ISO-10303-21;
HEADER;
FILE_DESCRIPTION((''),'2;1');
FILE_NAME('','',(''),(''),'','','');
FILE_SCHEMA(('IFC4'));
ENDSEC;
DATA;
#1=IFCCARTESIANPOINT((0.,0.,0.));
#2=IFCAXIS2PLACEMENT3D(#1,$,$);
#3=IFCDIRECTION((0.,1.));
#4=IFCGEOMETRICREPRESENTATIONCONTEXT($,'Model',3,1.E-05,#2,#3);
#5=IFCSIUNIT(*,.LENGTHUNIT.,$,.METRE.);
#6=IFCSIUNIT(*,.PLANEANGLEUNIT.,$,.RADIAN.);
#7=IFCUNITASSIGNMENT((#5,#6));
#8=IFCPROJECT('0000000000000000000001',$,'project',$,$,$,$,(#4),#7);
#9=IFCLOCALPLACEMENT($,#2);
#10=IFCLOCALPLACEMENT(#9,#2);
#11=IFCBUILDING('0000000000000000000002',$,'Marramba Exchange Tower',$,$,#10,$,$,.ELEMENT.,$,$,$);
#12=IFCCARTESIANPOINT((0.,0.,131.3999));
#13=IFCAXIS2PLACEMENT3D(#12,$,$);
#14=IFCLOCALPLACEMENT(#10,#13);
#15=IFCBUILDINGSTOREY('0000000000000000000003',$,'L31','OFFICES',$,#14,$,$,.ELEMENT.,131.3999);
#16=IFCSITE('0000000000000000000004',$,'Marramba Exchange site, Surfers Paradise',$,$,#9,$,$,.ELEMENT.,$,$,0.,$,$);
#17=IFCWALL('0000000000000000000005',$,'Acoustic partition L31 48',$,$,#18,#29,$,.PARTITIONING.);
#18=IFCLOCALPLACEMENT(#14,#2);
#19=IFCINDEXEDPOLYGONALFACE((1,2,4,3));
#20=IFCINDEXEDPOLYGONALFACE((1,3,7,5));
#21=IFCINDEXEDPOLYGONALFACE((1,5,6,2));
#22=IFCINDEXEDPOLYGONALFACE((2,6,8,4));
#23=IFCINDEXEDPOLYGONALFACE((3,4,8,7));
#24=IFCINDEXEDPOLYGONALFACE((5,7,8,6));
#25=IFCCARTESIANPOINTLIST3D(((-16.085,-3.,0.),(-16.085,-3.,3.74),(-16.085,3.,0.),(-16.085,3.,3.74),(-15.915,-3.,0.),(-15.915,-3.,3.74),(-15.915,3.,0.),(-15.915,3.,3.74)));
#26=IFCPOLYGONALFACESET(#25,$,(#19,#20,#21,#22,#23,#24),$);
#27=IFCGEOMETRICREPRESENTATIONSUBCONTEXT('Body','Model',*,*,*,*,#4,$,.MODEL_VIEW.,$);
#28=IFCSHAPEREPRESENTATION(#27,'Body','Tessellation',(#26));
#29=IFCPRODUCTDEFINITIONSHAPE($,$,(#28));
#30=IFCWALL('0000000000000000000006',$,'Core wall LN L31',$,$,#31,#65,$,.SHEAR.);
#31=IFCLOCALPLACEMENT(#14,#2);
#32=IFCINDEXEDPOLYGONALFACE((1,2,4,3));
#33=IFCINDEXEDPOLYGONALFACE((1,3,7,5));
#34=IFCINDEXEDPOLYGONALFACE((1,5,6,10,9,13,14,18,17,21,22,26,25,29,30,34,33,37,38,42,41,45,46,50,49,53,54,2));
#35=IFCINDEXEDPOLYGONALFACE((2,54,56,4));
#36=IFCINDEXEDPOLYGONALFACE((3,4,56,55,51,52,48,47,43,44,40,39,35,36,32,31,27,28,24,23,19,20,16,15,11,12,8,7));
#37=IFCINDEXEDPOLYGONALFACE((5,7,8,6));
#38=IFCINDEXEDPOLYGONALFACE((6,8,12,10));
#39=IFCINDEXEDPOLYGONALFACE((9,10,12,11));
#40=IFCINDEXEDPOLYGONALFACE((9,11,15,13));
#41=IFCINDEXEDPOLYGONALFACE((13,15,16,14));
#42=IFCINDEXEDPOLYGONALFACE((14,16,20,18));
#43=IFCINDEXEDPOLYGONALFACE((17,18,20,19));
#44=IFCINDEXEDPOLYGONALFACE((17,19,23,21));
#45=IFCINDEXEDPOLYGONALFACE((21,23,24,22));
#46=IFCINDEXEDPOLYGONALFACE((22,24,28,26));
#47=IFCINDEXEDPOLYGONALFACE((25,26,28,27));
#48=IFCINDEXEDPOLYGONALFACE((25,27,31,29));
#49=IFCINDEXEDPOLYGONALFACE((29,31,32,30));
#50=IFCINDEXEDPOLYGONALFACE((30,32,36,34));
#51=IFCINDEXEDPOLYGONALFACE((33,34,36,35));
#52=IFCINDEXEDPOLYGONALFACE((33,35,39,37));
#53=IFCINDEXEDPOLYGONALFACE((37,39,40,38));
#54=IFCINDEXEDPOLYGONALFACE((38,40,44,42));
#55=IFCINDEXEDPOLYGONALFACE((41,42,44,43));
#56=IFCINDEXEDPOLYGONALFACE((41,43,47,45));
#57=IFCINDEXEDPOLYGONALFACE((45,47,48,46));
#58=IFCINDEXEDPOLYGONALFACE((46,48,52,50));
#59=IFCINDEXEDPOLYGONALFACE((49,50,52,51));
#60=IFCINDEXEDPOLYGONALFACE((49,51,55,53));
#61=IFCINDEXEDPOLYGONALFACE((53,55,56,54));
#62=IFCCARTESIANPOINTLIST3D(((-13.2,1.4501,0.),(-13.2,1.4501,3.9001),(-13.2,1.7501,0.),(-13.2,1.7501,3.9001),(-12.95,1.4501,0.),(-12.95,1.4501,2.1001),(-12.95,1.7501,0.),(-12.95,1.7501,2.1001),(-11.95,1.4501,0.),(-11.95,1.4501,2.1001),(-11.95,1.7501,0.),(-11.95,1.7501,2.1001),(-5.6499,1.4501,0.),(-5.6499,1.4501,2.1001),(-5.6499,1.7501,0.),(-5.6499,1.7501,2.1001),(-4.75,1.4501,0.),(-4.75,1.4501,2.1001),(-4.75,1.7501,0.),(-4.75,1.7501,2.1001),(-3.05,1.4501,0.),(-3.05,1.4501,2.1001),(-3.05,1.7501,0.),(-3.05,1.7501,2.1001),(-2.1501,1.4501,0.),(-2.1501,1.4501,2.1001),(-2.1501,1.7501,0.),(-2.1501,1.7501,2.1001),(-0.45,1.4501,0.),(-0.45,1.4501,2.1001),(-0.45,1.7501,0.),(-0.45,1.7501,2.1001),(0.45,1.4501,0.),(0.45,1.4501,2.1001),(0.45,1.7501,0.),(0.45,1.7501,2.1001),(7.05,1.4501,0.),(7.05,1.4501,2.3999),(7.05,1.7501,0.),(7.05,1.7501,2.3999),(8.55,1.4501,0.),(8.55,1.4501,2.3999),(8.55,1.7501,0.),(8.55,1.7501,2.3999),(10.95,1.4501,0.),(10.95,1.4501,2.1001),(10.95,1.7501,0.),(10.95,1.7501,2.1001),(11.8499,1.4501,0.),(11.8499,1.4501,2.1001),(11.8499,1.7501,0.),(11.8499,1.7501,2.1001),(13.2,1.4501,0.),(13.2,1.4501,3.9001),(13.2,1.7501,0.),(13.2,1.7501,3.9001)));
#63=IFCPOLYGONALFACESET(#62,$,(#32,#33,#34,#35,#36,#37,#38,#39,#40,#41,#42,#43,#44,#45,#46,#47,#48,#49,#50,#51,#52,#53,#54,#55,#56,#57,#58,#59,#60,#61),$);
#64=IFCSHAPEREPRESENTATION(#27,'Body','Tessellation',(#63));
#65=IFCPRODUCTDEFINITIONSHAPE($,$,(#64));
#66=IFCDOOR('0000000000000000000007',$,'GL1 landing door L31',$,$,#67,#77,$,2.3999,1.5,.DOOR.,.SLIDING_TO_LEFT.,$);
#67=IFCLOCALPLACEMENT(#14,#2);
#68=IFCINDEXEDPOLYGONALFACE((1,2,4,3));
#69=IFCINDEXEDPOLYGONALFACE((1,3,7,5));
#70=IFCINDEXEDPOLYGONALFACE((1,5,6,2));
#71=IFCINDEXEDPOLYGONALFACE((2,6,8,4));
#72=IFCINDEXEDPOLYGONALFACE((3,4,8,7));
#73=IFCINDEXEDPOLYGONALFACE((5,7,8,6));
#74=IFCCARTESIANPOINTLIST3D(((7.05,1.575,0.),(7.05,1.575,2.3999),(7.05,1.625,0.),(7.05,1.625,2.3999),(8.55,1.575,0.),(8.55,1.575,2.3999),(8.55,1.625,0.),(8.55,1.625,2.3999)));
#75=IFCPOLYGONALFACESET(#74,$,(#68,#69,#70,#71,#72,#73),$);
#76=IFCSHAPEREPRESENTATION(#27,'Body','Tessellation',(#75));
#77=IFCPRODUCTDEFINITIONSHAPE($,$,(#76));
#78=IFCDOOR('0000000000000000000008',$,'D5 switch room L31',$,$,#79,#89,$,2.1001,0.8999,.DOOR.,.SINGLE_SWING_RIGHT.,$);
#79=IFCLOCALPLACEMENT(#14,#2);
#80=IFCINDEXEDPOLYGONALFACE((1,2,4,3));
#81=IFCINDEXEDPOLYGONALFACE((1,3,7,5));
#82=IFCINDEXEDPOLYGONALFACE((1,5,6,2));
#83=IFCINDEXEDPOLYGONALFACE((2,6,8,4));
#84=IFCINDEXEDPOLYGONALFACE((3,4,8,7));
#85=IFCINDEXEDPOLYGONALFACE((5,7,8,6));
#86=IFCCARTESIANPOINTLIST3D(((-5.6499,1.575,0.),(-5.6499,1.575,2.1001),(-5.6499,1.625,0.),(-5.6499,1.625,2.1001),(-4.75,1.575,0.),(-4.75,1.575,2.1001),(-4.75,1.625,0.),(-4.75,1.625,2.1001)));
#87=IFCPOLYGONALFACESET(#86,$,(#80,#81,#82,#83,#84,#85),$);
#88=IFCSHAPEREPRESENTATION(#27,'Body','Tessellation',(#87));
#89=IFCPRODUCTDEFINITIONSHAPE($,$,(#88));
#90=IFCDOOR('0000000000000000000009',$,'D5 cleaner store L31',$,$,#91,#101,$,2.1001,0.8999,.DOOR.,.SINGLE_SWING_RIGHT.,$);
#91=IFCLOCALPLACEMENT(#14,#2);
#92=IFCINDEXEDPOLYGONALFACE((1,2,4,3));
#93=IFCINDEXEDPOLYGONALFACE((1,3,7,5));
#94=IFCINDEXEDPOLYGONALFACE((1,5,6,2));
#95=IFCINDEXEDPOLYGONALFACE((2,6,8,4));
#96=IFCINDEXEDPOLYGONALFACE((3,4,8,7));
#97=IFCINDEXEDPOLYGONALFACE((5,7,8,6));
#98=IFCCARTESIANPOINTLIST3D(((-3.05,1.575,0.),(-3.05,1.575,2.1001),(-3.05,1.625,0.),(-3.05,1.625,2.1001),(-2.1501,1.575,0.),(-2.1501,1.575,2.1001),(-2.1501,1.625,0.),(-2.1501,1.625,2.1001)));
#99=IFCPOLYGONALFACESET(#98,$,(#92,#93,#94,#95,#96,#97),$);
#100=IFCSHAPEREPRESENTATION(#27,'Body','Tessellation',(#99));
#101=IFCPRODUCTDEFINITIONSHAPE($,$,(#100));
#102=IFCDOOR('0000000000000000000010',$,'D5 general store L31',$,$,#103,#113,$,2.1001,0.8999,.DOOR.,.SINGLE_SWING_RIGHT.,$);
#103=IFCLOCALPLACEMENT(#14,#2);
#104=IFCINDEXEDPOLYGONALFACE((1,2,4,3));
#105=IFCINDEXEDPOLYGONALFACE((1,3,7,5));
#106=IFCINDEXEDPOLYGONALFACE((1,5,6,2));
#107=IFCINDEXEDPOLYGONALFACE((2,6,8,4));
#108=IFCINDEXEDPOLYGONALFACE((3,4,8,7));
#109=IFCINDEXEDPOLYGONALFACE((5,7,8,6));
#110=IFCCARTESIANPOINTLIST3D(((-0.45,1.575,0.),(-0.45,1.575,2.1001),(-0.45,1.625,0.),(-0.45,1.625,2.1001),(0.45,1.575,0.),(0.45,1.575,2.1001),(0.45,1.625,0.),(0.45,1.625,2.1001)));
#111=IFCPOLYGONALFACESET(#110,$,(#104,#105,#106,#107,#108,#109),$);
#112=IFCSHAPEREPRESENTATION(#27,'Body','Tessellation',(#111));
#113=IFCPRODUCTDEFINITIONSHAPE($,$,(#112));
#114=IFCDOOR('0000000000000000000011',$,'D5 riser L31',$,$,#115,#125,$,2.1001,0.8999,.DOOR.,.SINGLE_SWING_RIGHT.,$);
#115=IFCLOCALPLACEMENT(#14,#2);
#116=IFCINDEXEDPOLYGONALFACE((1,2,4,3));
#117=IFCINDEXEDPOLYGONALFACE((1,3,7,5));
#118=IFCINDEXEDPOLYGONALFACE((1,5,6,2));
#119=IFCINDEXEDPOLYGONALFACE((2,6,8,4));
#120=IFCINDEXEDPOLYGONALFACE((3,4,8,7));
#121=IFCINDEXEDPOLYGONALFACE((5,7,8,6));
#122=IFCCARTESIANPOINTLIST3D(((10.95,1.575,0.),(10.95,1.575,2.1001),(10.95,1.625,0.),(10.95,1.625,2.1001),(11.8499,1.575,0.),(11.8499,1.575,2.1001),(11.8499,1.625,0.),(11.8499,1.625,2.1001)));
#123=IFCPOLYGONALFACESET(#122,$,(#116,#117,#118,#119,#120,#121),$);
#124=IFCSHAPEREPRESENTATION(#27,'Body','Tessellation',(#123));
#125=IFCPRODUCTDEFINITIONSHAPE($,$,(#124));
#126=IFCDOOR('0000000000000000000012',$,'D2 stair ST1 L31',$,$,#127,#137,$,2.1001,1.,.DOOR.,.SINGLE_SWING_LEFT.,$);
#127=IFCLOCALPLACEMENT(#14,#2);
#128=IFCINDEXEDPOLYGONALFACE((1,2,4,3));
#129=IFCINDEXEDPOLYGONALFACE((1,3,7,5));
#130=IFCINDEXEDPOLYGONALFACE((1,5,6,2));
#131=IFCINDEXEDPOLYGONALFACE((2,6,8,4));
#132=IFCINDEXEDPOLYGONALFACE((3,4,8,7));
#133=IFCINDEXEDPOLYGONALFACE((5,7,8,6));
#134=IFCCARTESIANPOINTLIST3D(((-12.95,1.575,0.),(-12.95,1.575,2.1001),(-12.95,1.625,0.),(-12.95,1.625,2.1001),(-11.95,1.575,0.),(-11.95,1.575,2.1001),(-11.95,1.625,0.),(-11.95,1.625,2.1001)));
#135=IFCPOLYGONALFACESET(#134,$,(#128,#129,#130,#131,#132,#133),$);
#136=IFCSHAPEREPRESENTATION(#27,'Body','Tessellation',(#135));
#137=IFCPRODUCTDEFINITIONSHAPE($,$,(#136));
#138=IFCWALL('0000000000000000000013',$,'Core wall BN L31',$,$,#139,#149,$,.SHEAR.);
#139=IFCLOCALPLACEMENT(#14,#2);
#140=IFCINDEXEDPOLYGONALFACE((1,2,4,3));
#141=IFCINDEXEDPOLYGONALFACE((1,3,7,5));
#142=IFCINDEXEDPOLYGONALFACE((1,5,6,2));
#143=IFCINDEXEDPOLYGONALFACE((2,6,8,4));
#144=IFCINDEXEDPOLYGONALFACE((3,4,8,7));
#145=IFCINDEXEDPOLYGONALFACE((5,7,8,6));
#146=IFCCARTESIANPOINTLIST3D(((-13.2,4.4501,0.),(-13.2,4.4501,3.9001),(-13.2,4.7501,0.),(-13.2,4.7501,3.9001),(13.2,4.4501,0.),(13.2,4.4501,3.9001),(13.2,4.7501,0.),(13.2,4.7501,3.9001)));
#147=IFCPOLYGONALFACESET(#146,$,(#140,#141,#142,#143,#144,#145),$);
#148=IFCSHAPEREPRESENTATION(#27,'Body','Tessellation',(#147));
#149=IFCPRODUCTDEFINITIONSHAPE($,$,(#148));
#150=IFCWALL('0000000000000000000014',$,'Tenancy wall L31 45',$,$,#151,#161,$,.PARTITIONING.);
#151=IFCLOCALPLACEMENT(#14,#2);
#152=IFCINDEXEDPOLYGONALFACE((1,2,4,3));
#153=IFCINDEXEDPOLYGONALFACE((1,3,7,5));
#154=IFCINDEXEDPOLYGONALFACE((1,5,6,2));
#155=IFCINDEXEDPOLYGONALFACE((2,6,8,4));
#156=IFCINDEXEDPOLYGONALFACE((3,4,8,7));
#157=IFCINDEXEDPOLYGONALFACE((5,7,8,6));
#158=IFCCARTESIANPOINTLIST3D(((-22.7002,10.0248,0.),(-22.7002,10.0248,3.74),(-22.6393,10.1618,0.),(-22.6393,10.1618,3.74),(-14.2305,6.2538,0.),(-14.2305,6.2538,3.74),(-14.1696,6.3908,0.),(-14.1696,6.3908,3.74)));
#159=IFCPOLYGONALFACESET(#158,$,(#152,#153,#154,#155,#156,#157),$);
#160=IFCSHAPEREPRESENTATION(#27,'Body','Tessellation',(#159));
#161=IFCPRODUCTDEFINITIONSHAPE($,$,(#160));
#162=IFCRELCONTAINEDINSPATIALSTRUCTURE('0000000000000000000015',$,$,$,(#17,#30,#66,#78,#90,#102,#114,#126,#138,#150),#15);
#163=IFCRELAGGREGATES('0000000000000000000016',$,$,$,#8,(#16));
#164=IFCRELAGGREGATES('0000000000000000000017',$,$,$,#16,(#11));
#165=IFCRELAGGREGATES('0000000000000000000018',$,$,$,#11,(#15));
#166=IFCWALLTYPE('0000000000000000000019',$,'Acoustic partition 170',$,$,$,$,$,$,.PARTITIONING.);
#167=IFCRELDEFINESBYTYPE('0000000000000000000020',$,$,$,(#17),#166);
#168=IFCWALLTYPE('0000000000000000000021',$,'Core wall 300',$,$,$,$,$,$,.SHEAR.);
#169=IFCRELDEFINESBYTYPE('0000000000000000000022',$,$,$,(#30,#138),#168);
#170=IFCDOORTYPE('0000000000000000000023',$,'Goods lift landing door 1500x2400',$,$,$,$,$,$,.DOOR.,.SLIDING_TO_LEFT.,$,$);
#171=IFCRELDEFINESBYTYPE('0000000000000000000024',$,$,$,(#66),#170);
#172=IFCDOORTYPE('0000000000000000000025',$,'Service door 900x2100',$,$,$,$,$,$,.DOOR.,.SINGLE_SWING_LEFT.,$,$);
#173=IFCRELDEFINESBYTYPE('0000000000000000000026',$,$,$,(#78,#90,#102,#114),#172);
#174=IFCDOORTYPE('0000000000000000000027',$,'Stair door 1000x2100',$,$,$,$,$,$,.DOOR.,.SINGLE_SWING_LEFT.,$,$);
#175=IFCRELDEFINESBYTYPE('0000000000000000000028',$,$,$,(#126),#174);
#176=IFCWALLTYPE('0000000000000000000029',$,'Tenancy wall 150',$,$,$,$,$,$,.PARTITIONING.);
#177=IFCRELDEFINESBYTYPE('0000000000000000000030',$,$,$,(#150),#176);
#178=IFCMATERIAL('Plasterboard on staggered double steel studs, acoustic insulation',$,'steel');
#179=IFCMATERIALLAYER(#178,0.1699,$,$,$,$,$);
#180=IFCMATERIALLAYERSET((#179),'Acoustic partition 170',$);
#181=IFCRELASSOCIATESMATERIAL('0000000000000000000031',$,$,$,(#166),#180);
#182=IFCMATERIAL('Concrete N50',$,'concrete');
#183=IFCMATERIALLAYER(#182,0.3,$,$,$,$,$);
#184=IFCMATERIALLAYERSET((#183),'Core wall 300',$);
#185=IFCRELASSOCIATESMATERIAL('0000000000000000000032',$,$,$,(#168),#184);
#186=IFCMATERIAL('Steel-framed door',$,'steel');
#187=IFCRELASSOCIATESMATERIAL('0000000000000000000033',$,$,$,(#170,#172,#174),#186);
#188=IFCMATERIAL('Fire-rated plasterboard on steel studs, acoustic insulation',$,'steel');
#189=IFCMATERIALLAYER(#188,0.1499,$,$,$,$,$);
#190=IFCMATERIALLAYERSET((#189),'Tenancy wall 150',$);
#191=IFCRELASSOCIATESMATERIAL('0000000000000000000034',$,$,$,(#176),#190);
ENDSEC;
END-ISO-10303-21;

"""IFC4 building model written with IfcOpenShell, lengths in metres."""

from ifc_helpers import new_model, si_unit, direction, frame, frame_2d, origin, place, context, subcontext, project, spatial, rectangle, extrude, material, layer, layer_set, type_object, element, fill, save


model = new_model("IFC4")

# Units and contexts
model_context = context("Model", 3, precision=1e-05, world=origin(), true_north=direction((0.0, 1.0)))
body_context = subcontext(model_context, "Body", "Model", "MODEL_VIEW")
ifc_project = project(units=[si_unit("LENGTHUNIT", "METRE"), si_unit("PLANEANGLEUNIT", "RADIAN")], contexts=[model_context])

# Site, building, storey
site_placement = place(None, origin())
site = spatial("IfcSite", under=ifc_project, at=site_placement, Name="Marramba Exchange site, Surfers Paradise", CompositionType="ELEMENT", RefElevation=0.0)
building_placement = place(site_placement, origin())
building = spatial("IfcBuilding", under=site, at=building_placement, Name="Marramba Exchange Tower", CompositionType="ELEMENT")
storey_placement = place(building_placement, frame((0.0, 0.0, 131.3999)))
storey = spatial("IfcBuildingStorey", under=building, at=storey_placement, Name="L31", Description="OFFICES", CompositionType="ELEMENT", Elevation=131.3999)

# Shared definitions
ifc_material_1 = material(Name="Concrete N50", Category="concrete")

# Wall
ifc_material_2 = material(Name="Plasterboard on staggered double steel studs, acoustic insulation", Category="steel")
ifc_layer_1 = layer(ifc_material_2, 0.1699)
ifc_layer_set_1 = layer_set([ifc_layer_1], Name="Acoustic partition 170")
wall_type_1 = type_object("IfcWallType", Name="Acoustic partition 170", PredefinedType="PARTITIONING", material=ifc_layer_set_1)
wall_1_placement = place(storey_placement, frame((-16.0, 3.0, 0.0), z_axis=(0.0, 0.0, 1.0), x_axis=(0.0, -1.0, 0.0)))
element("IfcWall", 1, at=wall_1_placement, inside=storey, type_object=wall_type_1, Name="Acoustic partition L31 48", PredefinedType="PARTITIONING", context=body_context, shape_type="SweptSolid", body=[
    extrude(rectangle(XDim=6.0, YDim=0.1699, at=frame_2d((3.0, 0.0))), origin(), (0.0, 0.0, 1.0), 3.74),
])

# Shared definitions
ifc_material_3 = material(Name="Steel-framed door", Category="steel")

# Wall, openings, doors
ifc_layer_2 = layer(ifc_material_1, 0.3)
ifc_layer_set_2 = layer_set([ifc_layer_2], Name="Core wall 300")
wall_type_2 = type_object("IfcWallType", Name="Core wall 300", PredefinedType="SHEAR", material=ifc_layer_set_2)
wall_2_placement = place(storey_placement, frame((-13.2, 1.6001, 0.0), z_axis=(0.0, 0.0, 1.0), x_axis=(1.0, 0.0, 0.0)))
wall_2 = element("IfcWall", 2, at=wall_2_placement, inside=storey, type_object=wall_type_2, Name="Core wall LN L31", PredefinedType="SHEAR", context=body_context, shape_type="SweptSolid", body=[
    extrude(rectangle(XDim=26.3999, YDim=0.3, at=frame_2d((13.2, 0.0))), origin(), (0.0, 0.0, 1.0), 3.9001),
])
opening_1_placement = place(wall_2_placement, frame((0.25, 0.0, 0.0)))
opening_1 = element("IfcOpeningElement", 3, at=opening_1_placement, cuts=wall_2, PredefinedType="OPENING", context=body_context, shape_type="SweptSolid", body=[
    extrude(rectangle(XDim=1.0, YDim=2.1001, at=frame_2d((0.5, 1.05))), frame((0.0, 0.1599, 0.0), z_axis=(0.0, -1.0, 0.0), x_axis=(1.0, 0.0, 0.0)), (0.0, 0.0, 1.0), 0.3201),
])
opening_2_placement = place(wall_2_placement, frame((20.25, 0.0, 0.0)))
opening_2 = element("IfcOpeningElement", 4, at=opening_2_placement, cuts=wall_2, PredefinedType="OPENING", context=body_context, shape_type="SweptSolid", body=[
    extrude(rectangle(XDim=1.5, YDim=2.3999, at=frame_2d((0.75, 1.2))), frame((0.0, 0.1599, 0.0), z_axis=(0.0, -1.0, 0.0), x_axis=(1.0, 0.0, 0.0)), (0.0, 0.0, 1.0), 0.3201),
])
opening_3_placement = place(wall_2_placement, frame((7.55, 0.0, 0.0)))
opening_3 = element("IfcOpeningElement", 5, at=opening_3_placement, cuts=wall_2, PredefinedType="OPENING", context=body_context, shape_type="SweptSolid", body=[
    extrude(rectangle(XDim=0.8999, YDim=2.1001, at=frame_2d((0.45, 1.05))), frame((0.0, 0.1599, 0.0), z_axis=(0.0, -1.0, 0.0), x_axis=(1.0, 0.0, 0.0)), (0.0, 0.0, 1.0), 0.3201),
])
opening_4_placement = place(wall_2_placement, frame((10.1499, 0.0, 0.0)))
opening_4 = element("IfcOpeningElement", 6, at=opening_4_placement, cuts=wall_2, PredefinedType="OPENING", context=body_context, shape_type="SweptSolid", body=[
    extrude(rectangle(XDim=0.8999, YDim=2.1001, at=frame_2d((0.45, 1.05))), frame((0.0, 0.1599, 0.0), z_axis=(0.0, -1.0, 0.0), x_axis=(1.0, 0.0, 0.0)), (0.0, 0.0, 1.0), 0.3201),
])
opening_5_placement = place(wall_2_placement, frame((12.75, 0.0, 0.0)))
opening_5 = element("IfcOpeningElement", 7, at=opening_5_placement, cuts=wall_2, PredefinedType="OPENING", context=body_context, shape_type="SweptSolid", body=[
    extrude(rectangle(XDim=0.8999, YDim=2.1001, at=frame_2d((0.45, 1.05))), frame((0.0, 0.1599, 0.0), z_axis=(0.0, -1.0, 0.0), x_axis=(1.0, 0.0, 0.0)), (0.0, 0.0, 1.0), 0.3201),
])
opening_6_placement = place(wall_2_placement, frame((24.1499, 0.0, 0.0)))
opening_6 = element("IfcOpeningElement", 8, at=opening_6_placement, cuts=wall_2, PredefinedType="OPENING", context=body_context, shape_type="SweptSolid", body=[
    extrude(rectangle(XDim=0.8999, YDim=2.1001, at=frame_2d((0.45, 1.05))), frame((0.0, 0.1599, 0.0), z_axis=(0.0, -1.0, 0.0), x_axis=(1.0, 0.0, 0.0)), (0.0, 0.0, 1.0), 0.3201),
])
door_type_1 = type_object("IfcDoorType", Name="Goods lift landing door 1500x2400", OperationType="SLIDING_TO_LEFT", PredefinedType="DOOR", material=ifc_material_3)
door_1_placement = place(opening_2_placement, origin())
door_1 = element("IfcDoor", 9, at=door_1_placement, inside=storey, type_object=door_type_1, Name="GL1 landing door L31", OperationType="SLIDING_TO_LEFT", OverallHeight=2.3999, OverallWidth=1.5, PredefinedType="DOOR", context=body_context, shape_type="SweptSolid", body=[
    extrude(rectangle(XDim=1.5, YDim=2.3999, at=frame_2d((0.75, 1.2))), frame((0.0, 0.0249, 0.0), z_axis=(0.0, -1.0, 0.0), x_axis=(1.0, 0.0, 0.0)), (0.0, 0.0, 1.0), 0.05),
])
fill(opening_2, door_1)
door_type_2 = type_object("IfcDoorType", Name="Service door 900x2100", OperationType="SINGLE_SWING_LEFT", PredefinedType="DOOR", material=ifc_material_3)
door_2_placement = place(opening_3_placement, origin())
door_2 = element("IfcDoor", 10, at=door_2_placement, inside=storey, type_object=door_type_2, Name="D5 switch room L31", OperationType="SINGLE_SWING_RIGHT", OverallHeight=2.1001, OverallWidth=0.8999, PredefinedType="DOOR", context=body_context, shape_type="SweptSolid", body=[
    extrude(rectangle(XDim=0.8999, YDim=2.1001, at=frame_2d((0.45, 1.05))), frame((0.0, 0.0249, 0.0), z_axis=(0.0, -1.0, 0.0), x_axis=(1.0, 0.0, 0.0)), (0.0, 0.0, 1.0), 0.05),
])
fill(opening_3, door_2)
door_3_placement = place(opening_4_placement, origin())
door_3 = element("IfcDoor", 11, at=door_3_placement, inside=storey, type_object=door_type_2, Name="D5 cleaner store L31", OperationType="SINGLE_SWING_RIGHT", OverallHeight=2.1001, OverallWidth=0.8999, PredefinedType="DOOR", context=body_context, shape_type="SweptSolid", body=[
    extrude(rectangle(XDim=0.8999, YDim=2.1001, at=frame_2d((0.45, 1.05))), frame((0.0, 0.0249, 0.0), z_axis=(0.0, -1.0, 0.0), x_axis=(1.0, 0.0, 0.0)), (0.0, 0.0, 1.0), 0.05),
])
fill(opening_4, door_3)
door_4_placement = place(opening_5_placement, origin())
door_4 = element("IfcDoor", 12, at=door_4_placement, inside=storey, type_object=door_type_2, Name="D5 general store L31", OperationType="SINGLE_SWING_RIGHT", OverallHeight=2.1001, OverallWidth=0.8999, PredefinedType="DOOR", context=body_context, shape_type="SweptSolid", body=[
    extrude(rectangle(XDim=0.8999, YDim=2.1001, at=frame_2d((0.45, 1.05))), frame((0.0, 0.0249, 0.0), z_axis=(0.0, -1.0, 0.0), x_axis=(1.0, 0.0, 0.0)), (0.0, 0.0, 1.0), 0.05),
])
fill(opening_5, door_4)
door_5_placement = place(opening_6_placement, origin())
door_5 = element("IfcDoor", 13, at=door_5_placement, inside=storey, type_object=door_type_2, Name="D5 riser L31", OperationType="SINGLE_SWING_RIGHT", OverallHeight=2.1001, OverallWidth=0.8999, PredefinedType="DOOR", context=body_context, shape_type="SweptSolid", body=[
    extrude(rectangle(XDim=0.8999, YDim=2.1001, at=frame_2d((0.45, 1.05))), frame((0.0, 0.0249, 0.0), z_axis=(0.0, -1.0, 0.0), x_axis=(1.0, 0.0, 0.0)), (0.0, 0.0, 1.0), 0.05),
])
fill(opening_6, door_5)
door_type_3 = type_object("IfcDoorType", Name="Stair door 1000x2100", OperationType="SINGLE_SWING_LEFT", PredefinedType="DOOR", material=ifc_material_3)
door_6_placement = place(opening_1_placement, origin())
door_6 = element("IfcDoor", 14, at=door_6_placement, inside=storey, type_object=door_type_3, Name="D2 stair ST1 L31", OperationType="SINGLE_SWING_LEFT", OverallHeight=2.1001, OverallWidth=1.0, PredefinedType="DOOR", context=body_context, shape_type="SweptSolid", body=[
    extrude(rectangle(XDim=1.0, YDim=2.1001, at=frame_2d((0.5, 1.05))), frame((0.0, 0.0249, 0.0), z_axis=(0.0, -1.0, 0.0), x_axis=(1.0, 0.0, 0.0)), (0.0, 0.0, 1.0), 0.05),
])
fill(opening_1, door_6)

# Walls
wall_3_placement = place(storey_placement, frame((-13.2, 4.6001, 0.0), z_axis=(0.0, 0.0, 1.0), x_axis=(1.0, 0.0, 0.0)))
element("IfcWall", 15, at=wall_3_placement, inside=storey, type_object=wall_type_2, Name="Core wall BN L31", PredefinedType="SHEAR", context=body_context, shape_type="SweptSolid", body=[
    extrude(rectangle(XDim=26.3999, YDim=0.3, at=frame_2d((13.2, 0.0))), origin(), (0.0, 0.0, 1.0), 3.9001),
])
ifc_material_4 = material(Name="Fire-rated plasterboard on steel studs, acoustic insulation", Category="steel")
ifc_layer_3 = layer(ifc_material_4, 0.1499)
ifc_layer_set_3 = layer_set([ifc_layer_3], Name="Tenancy wall 150")
wall_type_3 = type_object("IfcWallType", Name="Tenancy wall 150", PredefinedType="PARTITIONING", material=ifc_layer_set_3)
wall_4_placement = place(storey_placement, frame((-14.2, 6.3223, 0.0), z_axis=(0.0, 0.0, 1.0), x_axis=(-0.913544, 0.406739, 0.0)))
element("IfcWall", 16, at=wall_4_placement, inside=storey, type_object=wall_type_3, Name="Tenancy wall L31 45", PredefinedType="PARTITIONING", context=body_context, shape_type="SweptSolid", body=[
    extrude(rectangle(XDim=9.2712, YDim=0.1499, at=frame_2d((4.6357, 0.0))), origin(), (0.0, 0.0, 1.0), 3.74),
])

save(model, "model.ifc")
